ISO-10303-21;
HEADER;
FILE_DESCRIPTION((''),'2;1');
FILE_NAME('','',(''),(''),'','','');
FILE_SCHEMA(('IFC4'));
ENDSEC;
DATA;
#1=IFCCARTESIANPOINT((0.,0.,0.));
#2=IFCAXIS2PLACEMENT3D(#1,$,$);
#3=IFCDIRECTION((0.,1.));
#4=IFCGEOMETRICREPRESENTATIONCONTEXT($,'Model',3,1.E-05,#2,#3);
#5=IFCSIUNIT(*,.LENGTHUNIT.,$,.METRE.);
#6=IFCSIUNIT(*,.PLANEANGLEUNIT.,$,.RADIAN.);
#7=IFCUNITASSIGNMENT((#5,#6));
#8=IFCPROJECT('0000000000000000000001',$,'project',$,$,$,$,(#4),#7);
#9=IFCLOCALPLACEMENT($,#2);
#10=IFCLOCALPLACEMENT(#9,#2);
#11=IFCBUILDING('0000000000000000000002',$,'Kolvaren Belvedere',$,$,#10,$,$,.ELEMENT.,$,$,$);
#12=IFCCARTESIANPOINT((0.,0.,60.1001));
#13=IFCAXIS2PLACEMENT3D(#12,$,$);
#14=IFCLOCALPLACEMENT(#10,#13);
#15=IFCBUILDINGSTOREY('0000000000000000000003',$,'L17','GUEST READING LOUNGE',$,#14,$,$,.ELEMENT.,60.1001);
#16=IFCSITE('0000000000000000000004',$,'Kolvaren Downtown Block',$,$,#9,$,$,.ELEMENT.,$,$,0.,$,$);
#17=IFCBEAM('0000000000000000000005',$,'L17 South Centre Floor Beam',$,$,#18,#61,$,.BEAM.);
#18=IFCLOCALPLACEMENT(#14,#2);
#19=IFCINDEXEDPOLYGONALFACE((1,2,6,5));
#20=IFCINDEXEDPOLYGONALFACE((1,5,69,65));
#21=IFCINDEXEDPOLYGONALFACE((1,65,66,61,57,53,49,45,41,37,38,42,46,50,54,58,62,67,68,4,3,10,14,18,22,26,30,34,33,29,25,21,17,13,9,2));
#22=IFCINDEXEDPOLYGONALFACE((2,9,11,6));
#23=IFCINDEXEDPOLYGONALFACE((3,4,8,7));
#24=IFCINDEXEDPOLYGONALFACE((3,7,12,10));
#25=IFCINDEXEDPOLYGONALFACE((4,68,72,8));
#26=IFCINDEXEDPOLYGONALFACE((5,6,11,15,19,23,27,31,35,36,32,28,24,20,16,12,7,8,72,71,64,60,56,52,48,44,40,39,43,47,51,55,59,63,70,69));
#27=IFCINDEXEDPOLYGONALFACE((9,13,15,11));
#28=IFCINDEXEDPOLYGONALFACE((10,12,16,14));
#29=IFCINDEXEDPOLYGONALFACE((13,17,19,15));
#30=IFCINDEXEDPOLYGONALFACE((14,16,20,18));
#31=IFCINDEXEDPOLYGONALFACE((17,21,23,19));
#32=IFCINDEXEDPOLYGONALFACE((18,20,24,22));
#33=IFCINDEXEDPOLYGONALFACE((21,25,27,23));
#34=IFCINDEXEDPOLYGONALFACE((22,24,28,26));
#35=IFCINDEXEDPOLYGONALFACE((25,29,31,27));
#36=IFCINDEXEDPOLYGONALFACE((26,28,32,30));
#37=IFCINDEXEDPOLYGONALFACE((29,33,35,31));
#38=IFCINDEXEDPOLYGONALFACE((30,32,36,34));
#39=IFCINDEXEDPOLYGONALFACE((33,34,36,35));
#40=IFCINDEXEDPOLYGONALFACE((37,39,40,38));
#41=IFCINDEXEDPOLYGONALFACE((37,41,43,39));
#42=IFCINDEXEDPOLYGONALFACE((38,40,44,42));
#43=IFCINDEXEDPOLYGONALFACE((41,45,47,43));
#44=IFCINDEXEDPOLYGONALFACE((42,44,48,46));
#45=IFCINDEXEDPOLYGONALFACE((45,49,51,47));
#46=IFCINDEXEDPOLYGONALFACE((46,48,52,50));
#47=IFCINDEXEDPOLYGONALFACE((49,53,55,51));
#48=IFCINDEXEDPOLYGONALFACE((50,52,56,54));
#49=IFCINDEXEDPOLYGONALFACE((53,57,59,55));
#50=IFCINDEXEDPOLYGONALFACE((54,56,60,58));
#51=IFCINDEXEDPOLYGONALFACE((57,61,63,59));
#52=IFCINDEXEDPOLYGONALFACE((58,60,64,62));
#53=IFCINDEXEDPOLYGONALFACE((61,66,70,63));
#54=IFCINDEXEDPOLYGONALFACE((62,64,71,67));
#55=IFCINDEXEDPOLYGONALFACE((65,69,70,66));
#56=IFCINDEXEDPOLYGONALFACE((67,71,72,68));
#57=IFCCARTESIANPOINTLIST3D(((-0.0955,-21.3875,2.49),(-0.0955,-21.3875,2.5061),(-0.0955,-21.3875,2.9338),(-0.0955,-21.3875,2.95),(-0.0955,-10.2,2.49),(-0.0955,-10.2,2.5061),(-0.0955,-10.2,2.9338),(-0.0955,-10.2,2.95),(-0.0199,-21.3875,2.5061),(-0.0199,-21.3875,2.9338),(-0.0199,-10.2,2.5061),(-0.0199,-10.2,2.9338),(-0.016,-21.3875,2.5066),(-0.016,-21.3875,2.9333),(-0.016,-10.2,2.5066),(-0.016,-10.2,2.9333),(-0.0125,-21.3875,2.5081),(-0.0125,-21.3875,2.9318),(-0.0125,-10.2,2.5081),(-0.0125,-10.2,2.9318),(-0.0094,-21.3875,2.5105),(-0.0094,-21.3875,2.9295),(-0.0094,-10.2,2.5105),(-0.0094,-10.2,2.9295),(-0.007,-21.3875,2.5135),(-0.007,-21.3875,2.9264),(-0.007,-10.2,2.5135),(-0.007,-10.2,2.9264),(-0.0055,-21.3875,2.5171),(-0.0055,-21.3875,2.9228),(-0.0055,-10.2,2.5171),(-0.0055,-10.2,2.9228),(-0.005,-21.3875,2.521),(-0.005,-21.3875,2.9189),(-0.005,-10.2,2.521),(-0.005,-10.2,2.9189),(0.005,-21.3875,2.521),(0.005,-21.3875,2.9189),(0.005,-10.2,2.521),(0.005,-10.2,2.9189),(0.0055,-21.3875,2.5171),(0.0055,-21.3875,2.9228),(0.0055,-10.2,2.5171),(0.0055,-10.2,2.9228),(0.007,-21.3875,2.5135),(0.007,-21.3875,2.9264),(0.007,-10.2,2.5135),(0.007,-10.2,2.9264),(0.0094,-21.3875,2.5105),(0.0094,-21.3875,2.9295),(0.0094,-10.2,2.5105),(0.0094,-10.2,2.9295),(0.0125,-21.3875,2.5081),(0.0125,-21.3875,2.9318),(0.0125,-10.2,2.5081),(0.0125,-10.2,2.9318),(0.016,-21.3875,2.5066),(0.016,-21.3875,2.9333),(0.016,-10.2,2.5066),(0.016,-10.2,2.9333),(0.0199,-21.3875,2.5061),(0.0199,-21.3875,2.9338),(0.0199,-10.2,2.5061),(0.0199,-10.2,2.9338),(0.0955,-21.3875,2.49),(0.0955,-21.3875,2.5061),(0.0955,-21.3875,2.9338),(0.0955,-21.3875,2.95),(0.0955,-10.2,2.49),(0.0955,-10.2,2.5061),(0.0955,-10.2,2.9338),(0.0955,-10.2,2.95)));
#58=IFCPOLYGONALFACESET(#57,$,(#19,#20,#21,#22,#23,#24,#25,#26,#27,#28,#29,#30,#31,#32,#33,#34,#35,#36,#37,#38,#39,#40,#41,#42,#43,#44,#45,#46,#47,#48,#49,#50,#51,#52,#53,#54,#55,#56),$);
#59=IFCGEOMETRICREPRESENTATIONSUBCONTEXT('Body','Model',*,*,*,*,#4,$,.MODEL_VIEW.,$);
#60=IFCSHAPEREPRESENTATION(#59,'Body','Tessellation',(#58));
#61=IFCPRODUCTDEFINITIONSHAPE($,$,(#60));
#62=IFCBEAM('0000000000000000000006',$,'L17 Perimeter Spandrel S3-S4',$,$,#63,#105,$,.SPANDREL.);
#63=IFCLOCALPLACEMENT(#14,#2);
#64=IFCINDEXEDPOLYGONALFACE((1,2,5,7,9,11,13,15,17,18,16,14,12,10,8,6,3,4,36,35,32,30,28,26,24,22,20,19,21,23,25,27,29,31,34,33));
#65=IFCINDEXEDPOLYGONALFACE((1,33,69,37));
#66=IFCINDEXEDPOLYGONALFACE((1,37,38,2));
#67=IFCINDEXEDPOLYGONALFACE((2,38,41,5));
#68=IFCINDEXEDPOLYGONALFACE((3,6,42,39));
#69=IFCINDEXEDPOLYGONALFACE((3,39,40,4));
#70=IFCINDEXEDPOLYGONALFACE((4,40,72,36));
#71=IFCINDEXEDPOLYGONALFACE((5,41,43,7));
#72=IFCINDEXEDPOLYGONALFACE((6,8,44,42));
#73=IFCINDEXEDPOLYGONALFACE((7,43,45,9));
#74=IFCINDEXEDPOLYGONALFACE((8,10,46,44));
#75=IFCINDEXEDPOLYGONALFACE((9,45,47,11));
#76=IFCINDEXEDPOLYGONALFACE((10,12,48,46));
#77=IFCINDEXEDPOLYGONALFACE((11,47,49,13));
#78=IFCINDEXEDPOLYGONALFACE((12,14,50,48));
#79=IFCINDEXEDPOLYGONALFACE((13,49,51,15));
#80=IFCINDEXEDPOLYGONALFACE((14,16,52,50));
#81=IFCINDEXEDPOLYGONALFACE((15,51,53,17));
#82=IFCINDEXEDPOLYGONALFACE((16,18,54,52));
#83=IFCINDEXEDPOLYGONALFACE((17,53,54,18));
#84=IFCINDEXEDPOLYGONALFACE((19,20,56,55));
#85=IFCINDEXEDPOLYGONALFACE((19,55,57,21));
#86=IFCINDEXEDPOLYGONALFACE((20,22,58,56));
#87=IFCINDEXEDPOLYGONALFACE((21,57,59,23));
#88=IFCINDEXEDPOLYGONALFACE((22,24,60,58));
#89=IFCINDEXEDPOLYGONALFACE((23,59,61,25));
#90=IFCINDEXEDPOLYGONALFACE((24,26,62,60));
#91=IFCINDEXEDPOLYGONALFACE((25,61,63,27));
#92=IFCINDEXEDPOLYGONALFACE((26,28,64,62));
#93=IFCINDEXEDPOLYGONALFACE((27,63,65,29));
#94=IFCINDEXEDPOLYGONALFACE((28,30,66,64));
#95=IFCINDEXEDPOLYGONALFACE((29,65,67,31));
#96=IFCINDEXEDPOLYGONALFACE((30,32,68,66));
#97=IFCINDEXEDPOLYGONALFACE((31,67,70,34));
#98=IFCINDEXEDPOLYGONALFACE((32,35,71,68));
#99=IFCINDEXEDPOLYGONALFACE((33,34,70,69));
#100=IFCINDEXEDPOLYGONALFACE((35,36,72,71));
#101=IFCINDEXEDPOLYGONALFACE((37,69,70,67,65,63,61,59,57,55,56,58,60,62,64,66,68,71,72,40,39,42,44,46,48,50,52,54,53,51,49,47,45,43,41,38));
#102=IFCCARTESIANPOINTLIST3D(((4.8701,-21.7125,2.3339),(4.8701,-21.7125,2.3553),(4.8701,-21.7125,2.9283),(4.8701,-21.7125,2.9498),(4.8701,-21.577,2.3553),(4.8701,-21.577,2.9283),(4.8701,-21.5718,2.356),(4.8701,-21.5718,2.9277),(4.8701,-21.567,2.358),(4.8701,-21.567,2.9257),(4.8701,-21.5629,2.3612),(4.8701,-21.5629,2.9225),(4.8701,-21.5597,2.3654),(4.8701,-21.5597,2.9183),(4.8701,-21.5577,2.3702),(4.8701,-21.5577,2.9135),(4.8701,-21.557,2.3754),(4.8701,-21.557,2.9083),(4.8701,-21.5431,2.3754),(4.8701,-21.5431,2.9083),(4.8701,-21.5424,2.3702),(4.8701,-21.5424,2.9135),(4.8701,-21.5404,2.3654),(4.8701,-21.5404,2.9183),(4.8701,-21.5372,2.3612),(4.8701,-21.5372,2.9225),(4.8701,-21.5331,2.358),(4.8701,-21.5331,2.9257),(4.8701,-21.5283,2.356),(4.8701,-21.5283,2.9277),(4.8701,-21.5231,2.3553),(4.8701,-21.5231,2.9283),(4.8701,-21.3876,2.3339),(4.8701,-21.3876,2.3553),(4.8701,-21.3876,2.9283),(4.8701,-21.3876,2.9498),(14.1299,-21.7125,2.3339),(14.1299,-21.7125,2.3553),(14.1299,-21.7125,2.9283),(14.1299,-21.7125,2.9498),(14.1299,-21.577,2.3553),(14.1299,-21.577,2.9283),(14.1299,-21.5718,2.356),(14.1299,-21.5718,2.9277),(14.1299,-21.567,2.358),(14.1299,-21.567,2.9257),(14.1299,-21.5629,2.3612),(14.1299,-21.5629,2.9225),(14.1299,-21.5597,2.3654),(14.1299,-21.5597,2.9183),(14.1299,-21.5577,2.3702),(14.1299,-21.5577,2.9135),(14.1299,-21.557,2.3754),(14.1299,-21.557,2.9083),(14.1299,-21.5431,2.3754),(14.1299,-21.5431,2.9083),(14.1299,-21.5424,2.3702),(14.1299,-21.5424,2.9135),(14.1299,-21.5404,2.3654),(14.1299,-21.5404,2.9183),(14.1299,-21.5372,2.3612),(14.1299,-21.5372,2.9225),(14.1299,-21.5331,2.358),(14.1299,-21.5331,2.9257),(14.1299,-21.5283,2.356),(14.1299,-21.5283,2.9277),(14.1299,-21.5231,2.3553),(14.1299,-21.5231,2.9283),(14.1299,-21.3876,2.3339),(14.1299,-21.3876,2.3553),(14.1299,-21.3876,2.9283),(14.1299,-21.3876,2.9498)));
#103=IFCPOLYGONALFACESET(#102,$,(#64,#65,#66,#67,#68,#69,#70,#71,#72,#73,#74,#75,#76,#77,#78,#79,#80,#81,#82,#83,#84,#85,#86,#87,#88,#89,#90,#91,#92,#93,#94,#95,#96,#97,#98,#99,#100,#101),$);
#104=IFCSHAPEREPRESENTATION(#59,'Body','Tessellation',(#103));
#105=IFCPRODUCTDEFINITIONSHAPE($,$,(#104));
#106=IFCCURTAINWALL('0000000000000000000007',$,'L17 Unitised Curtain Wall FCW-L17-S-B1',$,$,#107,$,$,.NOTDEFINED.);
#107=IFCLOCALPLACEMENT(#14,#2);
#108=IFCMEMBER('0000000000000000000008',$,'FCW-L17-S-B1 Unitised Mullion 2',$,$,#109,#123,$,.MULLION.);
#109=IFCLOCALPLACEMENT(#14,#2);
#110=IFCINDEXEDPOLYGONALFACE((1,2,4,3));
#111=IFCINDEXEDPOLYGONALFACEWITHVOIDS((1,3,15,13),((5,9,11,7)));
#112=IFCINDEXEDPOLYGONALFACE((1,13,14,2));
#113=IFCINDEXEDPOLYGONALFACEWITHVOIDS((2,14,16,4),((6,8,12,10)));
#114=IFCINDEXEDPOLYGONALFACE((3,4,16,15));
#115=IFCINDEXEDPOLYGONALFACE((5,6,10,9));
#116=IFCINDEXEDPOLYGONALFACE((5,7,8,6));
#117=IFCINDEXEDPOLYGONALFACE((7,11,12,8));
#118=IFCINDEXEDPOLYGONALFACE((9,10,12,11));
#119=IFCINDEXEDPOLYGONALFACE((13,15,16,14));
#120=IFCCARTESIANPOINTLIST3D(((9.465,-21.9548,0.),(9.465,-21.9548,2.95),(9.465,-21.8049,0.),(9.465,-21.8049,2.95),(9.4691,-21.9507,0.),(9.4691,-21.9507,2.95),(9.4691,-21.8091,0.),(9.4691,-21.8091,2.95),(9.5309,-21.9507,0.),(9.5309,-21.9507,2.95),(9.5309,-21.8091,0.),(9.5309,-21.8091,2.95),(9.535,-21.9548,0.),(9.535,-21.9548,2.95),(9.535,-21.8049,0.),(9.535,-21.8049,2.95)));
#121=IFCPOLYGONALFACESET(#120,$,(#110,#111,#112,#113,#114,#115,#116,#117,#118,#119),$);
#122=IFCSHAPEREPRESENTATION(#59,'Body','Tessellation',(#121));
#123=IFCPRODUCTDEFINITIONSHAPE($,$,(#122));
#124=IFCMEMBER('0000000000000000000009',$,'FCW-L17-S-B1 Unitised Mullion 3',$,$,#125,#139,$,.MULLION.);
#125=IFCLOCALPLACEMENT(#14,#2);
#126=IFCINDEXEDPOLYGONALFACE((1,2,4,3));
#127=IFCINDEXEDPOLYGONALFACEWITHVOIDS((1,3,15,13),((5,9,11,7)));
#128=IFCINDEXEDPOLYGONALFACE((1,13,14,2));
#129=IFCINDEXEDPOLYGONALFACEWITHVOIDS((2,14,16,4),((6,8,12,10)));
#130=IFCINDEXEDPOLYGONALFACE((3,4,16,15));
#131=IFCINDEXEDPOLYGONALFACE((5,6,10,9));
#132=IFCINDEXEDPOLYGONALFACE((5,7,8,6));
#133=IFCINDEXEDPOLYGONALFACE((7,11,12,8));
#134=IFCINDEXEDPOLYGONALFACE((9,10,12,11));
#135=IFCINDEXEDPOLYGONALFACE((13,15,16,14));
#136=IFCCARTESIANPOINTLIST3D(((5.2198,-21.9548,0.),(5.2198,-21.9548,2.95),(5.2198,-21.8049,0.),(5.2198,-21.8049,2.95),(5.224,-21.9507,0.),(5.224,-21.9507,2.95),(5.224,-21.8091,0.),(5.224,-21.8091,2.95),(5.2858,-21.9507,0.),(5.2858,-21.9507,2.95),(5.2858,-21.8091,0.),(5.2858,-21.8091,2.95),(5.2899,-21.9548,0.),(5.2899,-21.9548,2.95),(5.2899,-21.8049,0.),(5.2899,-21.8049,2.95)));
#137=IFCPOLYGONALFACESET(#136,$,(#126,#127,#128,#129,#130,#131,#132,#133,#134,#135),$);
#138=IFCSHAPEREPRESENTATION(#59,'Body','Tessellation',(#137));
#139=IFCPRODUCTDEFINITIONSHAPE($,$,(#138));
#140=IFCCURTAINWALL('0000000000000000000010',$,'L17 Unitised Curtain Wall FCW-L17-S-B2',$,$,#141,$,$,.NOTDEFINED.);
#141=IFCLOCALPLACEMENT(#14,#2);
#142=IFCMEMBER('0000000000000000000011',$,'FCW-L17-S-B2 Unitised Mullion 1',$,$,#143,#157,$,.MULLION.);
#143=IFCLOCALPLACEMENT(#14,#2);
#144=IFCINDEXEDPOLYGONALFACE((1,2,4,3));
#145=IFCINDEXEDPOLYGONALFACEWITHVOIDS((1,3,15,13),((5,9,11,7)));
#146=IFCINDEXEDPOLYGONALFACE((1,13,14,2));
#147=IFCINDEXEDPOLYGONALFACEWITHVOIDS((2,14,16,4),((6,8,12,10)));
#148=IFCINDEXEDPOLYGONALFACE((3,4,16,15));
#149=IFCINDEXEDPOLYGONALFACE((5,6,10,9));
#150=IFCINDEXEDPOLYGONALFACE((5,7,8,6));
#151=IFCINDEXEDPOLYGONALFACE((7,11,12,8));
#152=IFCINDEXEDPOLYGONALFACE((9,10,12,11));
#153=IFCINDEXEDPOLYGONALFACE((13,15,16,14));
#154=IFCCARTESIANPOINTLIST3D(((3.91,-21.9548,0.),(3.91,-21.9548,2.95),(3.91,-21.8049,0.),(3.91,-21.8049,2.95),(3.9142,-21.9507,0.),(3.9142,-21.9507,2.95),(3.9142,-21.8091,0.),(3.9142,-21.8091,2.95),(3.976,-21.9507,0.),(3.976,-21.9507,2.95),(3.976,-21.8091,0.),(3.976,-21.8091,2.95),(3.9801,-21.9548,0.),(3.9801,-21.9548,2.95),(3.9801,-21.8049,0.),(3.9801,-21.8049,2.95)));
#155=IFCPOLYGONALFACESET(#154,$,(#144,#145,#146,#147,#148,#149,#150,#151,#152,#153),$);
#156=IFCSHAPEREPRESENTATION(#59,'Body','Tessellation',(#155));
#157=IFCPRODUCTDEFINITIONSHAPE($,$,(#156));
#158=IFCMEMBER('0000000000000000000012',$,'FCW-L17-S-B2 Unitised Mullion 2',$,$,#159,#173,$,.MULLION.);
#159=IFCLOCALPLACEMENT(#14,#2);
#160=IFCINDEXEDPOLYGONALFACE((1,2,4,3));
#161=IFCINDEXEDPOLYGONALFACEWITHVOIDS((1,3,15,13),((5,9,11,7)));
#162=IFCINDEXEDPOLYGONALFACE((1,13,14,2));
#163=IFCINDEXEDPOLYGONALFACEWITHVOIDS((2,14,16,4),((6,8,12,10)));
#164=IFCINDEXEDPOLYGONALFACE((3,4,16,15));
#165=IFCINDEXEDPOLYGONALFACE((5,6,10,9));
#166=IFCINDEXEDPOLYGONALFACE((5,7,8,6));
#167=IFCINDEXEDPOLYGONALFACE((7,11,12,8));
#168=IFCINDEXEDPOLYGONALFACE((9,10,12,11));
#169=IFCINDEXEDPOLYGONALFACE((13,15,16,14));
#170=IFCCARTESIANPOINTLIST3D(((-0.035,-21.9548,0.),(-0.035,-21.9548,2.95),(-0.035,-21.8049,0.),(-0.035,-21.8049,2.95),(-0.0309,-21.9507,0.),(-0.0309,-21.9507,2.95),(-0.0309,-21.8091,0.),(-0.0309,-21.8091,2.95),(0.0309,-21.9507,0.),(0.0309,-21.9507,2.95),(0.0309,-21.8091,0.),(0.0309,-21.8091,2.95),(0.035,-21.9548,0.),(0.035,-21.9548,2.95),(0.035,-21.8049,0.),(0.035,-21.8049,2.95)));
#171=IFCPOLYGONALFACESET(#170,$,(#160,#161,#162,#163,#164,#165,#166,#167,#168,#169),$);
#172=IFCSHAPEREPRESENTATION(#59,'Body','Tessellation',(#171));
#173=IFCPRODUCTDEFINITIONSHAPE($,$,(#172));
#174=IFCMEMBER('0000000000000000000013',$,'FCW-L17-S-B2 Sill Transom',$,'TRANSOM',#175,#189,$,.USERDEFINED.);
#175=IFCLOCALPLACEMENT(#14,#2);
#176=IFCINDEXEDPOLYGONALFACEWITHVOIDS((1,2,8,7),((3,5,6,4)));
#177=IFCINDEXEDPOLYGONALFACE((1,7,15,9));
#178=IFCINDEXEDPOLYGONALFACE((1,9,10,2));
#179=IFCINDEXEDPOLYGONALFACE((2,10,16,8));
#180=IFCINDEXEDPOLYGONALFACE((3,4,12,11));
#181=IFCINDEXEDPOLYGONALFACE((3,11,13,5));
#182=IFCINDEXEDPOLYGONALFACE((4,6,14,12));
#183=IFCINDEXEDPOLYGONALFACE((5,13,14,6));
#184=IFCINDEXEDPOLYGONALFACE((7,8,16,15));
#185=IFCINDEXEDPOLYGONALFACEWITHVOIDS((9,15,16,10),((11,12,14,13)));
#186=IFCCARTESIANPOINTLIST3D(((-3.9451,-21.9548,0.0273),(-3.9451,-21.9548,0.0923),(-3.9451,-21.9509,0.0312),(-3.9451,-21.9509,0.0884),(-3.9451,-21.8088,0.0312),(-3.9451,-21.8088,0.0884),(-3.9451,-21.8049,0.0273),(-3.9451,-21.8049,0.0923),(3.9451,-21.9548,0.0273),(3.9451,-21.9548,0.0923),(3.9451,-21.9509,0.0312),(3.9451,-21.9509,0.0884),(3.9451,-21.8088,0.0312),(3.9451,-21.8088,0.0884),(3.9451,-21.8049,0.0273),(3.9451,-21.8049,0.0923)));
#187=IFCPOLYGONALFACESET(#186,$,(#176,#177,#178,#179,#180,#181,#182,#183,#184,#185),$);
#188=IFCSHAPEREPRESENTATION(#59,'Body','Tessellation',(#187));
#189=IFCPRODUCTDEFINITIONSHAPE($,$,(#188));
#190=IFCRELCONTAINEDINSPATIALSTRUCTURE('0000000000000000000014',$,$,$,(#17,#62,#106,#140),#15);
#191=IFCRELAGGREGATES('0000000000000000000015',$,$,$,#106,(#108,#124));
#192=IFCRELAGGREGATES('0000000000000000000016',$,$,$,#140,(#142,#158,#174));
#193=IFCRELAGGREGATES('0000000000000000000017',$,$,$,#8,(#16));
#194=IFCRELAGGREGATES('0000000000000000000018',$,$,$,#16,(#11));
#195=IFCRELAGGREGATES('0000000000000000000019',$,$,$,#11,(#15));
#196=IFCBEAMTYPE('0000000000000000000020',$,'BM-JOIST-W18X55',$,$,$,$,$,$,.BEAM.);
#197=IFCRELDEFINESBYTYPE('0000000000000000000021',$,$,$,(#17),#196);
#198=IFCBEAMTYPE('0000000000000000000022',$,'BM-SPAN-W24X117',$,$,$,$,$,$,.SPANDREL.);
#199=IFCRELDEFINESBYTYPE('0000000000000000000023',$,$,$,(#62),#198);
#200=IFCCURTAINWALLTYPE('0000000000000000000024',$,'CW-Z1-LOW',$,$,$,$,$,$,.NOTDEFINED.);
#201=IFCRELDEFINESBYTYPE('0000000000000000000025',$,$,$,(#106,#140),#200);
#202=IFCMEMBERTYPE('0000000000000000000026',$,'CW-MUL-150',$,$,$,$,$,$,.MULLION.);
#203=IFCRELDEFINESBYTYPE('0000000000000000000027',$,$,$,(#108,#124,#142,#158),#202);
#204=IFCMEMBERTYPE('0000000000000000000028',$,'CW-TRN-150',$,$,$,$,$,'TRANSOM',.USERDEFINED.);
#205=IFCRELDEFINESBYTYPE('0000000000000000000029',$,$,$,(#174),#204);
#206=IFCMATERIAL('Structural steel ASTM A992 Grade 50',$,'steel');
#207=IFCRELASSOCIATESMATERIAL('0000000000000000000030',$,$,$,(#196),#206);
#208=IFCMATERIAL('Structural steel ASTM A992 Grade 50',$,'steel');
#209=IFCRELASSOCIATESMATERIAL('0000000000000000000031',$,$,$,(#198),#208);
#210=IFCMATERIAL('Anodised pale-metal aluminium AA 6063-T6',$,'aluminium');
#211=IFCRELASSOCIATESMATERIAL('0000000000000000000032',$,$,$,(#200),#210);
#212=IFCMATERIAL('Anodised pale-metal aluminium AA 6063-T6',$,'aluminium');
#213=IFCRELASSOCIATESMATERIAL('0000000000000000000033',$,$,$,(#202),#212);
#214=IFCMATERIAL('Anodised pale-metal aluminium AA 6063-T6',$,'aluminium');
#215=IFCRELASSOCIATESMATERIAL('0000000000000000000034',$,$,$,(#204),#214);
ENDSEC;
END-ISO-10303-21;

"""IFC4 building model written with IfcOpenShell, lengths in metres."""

from ifc_helpers import new_model, si_unit, direction, frame, origin, origin_2d, place, context, subcontext, project, spatial, hollow_rectangle, i_section, extrude, material, material_profile, profile_set, type_object, element, aggregate, save


model = new_model("IFC4")

# Units and contexts
model_context = context("Model", 3, precision=1e-05, world=origin(), true_north=direction((0.0, 1.0)))
body_context = subcontext(model_context, "Body", "Model", "MODEL_VIEW")
ifc_project = project(units=[si_unit("LENGTHUNIT", "METRE"), si_unit("PLANEANGLEUNIT", "RADIAN")], contexts=[model_context])

# Site, building, storey
site_placement = place(None, origin())
site = spatial("IfcSite", under=ifc_project, at=site_placement, Name="Kolvaren Downtown Block", CompositionType="ELEMENT", RefElevation=0.0)
building_placement = place(site_placement, origin())
building = spatial("IfcBuilding", under=site, at=building_placement, Name="Kolvaren Belvedere", CompositionType="ELEMENT")
storey_placement = place(building_placement, frame((0.0, 0.0, 60.1001)))
storey = spatial("IfcBuildingStorey", under=building, at=storey_placement, Name="L17", Description="GUEST READING LOUNGE", CompositionType="ELEMENT", Elevation=60.1001)

# Beams
ifc_material_1 = material(Name="Structural steel ASTM A992 Grade 50", Category="steel")
ifc_material_profile_1 = material_profile(ifc_material_1, i_section(OverallWidth=0.1909, OverallDepth=0.46, WebThickness=0.01, FlangeThickness=0.0161, FilletRadius=0.0149, at=origin_2d()), Name="W18X55")
ifc_profile_set_1 = profile_set([ifc_material_profile_1], Name="Structural steel ASTM A992 Grade 50")
beam_type_1 = type_object("IfcBeamType", Name="BM-JOIST-W18X55", PredefinedType="BEAM", material=ifc_profile_set_1)
beam_1_placement = place(storey_placement, frame((0.0, -10.2, 2.72), z_axis=(0.0, -1.0, 0.0), x_axis=(1.0, 0.0, 0.0)))
element("IfcBeam", 1, at=beam_1_placement, inside=storey, type_object=beam_type_1, Name="L17 South Centre Floor Beam", PredefinedType="BEAM", context=body_context, shape_type="SweptSolid", body=[
    extrude(i_section(OverallWidth=0.1909, OverallDepth=0.46, WebThickness=0.01, FlangeThickness=0.0161, FilletRadius=0.0149, at=origin_2d()), origin(), (0.0, 0.0, 1.0), 11.1875),
])
ifc_material_2 = material(Name="Structural steel ASTM A992 Grade 50", Category="steel")
ifc_material_profile_2 = material_profile(ifc_material_2, i_section(OverallWidth=0.325, OverallDepth=0.616, WebThickness=0.0139, FlangeThickness=0.0215, FilletRadius=0.02, at=origin_2d()), Name="W24X117")
ifc_profile_set_2 = profile_set([ifc_material_profile_2], Name="Structural steel ASTM A992 Grade 50")
beam_type_2 = type_object("IfcBeamType", Name="BM-SPAN-W24X117", PredefinedType="SPANDREL", material=ifc_profile_set_2)
beam_2_placement = place(storey_placement, frame((4.8701, -21.55, 2.6418), z_axis=(1.0, 0.0, 0.0), x_axis=(0.0, 1.0, 0.0)))
element("IfcBeam", 2, at=beam_2_placement, inside=storey, type_object=beam_type_2, Name="L17 Perimeter Spandrel S3-S4", PredefinedType="SPANDREL", context=body_context, shape_type="SweptSolid", body=[
    extrude(i_section(OverallWidth=0.325, OverallDepth=0.616, WebThickness=0.0139, FlangeThickness=0.0215, FilletRadius=0.02, at=origin_2d()), origin(), (0.0, 0.0, 1.0), 9.2598),
])

# Curtain walls, members
ifc_material_3 = material(Name="Anodised pale-metal aluminium AA 6063-T6", Category="aluminium")
curtain_wall_type = type_object("IfcCurtainWallType", Name="CW-Z1-LOW", PredefinedType="NOTDEFINED", material=ifc_material_3)
curtain_wall_1_placement = place(storey_placement, origin())
curtain_wall_1 = element("IfcCurtainWall", 3, at=curtain_wall_1_placement, inside=storey, type_object=curtain_wall_type, Name="L17 Unitised Curtain Wall FCW-L17-S-B1", PredefinedType="NOTDEFINED")
ifc_material_4 = material(Name="Anodised pale-metal aluminium AA 6063-T6", Category="aluminium")
ifc_material_profile_3 = material_profile(ifc_material_4, hollow_rectangle(XDim=0.0701, YDim=0.1499, WallThickness=0.0042, at=origin_2d()), Name="ALU-MUL-150X70")
ifc_profile_set_3 = profile_set([ifc_material_profile_3], Name="Anodised pale-metal aluminium AA 6063-T6")
member_type_1 = type_object("IfcMemberType", Name="CW-MUL-150", PredefinedType="MULLION", material=ifc_profile_set_3)
member_1_placement = place(storey_placement, frame((9.5, -21.8799, 0.0), z_axis=(0.0, 0.0, 1.0), x_axis=(1.0, 0.0, 0.0)))
member_1 = element("IfcMember", 4, at=member_1_placement, type_object=member_type_1, Name="FCW-L17-S-B1 Unitised Mullion 2", PredefinedType="MULLION", context=body_context, shape_type="SweptSolid", body=[
    extrude(hollow_rectangle(XDim=0.0701, YDim=0.1499, WallThickness=0.0042, at=origin_2d()), origin(), (0.0, 0.0, 1.0), 2.95),
])
member_2_placement = place(storey_placement, frame((5.2549, -21.8799, 0.0), z_axis=(0.0, 0.0, 1.0), x_axis=(1.0, 0.0, 0.0)))
member_2 = element("IfcMember", 5, at=member_2_placement, type_object=member_type_1, Name="FCW-L17-S-B1 Unitised Mullion 3", PredefinedType="MULLION", context=body_context, shape_type="SweptSolid", body=[
    extrude(hollow_rectangle(XDim=0.0701, YDim=0.1499, WallThickness=0.0042, at=origin_2d()), origin(), (0.0, 0.0, 1.0), 2.95),
])
curtain_wall_2_placement = place(storey_placement, origin())
curtain_wall_2 = element("IfcCurtainWall", 6, at=curtain_wall_2_placement, inside=storey, type_object=curtain_wall_type, Name="L17 Unitised Curtain Wall FCW-L17-S-B2", PredefinedType="NOTDEFINED")
member_3_placement = place(storey_placement, frame((3.9451, -21.8799, 0.0), z_axis=(0.0, 0.0, 1.0), x_axis=(1.0, 0.0, 0.0)))
member_3 = element("IfcMember", 7, at=member_3_placement, type_object=member_type_1, Name="FCW-L17-S-B2 Unitised Mullion 1", PredefinedType="MULLION", context=body_context, shape_type="SweptSolid", body=[
    extrude(hollow_rectangle(XDim=0.0701, YDim=0.1499, WallThickness=0.0042, at=origin_2d()), origin(), (0.0, 0.0, 1.0), 2.95),
])
member_4_placement = place(storey_placement, frame((0.0, -21.8799, 0.0), z_axis=(0.0, 0.0, 1.0), x_axis=(1.0, 0.0, 0.0)))
member_4 = element("IfcMember", 8, at=member_4_placement, type_object=member_type_1, Name="FCW-L17-S-B2 Unitised Mullion 2", PredefinedType="MULLION", context=body_context, shape_type="SweptSolid", body=[
    extrude(hollow_rectangle(XDim=0.0701, YDim=0.1499, WallThickness=0.0042, at=origin_2d()), origin(), (0.0, 0.0, 1.0), 2.95),
])
ifc_material_5 = material(Name="Anodised pale-metal aluminium AA 6063-T6", Category="aluminium")
ifc_material_profile_4 = material_profile(ifc_material_5, hollow_rectangle(XDim=0.0649, YDim=0.1499, WallThickness=0.0039, at=origin_2d()), Name="ALU-TRN-150X65")
ifc_profile_set_4 = profile_set([ifc_material_profile_4], Name="Anodised pale-metal aluminium AA 6063-T6")
member_type_2 = type_object("IfcMemberType", Name="CW-TRN-150", ElementType="TRANSOM", PredefinedType="USERDEFINED", material=ifc_profile_set_4)
member_5_placement = place(storey_placement, frame((3.9451, -21.8799, 0.0598), z_axis=(-1.0, 0.0, 0.0), x_axis=(0.0, 0.0, 1.0)))
member_5 = element("IfcMember", 9, at=member_5_placement, type_object=member_type_2, Name="FCW-L17-S-B2 Sill Transom", ObjectType="TRANSOM", PredefinedType="USERDEFINED", context=body_context, shape_type="SweptSolid", body=[
    extrude(hollow_rectangle(XDim=0.0649, YDim=0.1499, WallThickness=0.0039, at=origin_2d()), origin(), (0.0, 0.0, 1.0), 7.8901),
])

aggregate(curtain_wall_1, [member_1, member_2])
aggregate(curtain_wall_2, [member_3, member_4, member_5])

save(model, "model.ifc")
